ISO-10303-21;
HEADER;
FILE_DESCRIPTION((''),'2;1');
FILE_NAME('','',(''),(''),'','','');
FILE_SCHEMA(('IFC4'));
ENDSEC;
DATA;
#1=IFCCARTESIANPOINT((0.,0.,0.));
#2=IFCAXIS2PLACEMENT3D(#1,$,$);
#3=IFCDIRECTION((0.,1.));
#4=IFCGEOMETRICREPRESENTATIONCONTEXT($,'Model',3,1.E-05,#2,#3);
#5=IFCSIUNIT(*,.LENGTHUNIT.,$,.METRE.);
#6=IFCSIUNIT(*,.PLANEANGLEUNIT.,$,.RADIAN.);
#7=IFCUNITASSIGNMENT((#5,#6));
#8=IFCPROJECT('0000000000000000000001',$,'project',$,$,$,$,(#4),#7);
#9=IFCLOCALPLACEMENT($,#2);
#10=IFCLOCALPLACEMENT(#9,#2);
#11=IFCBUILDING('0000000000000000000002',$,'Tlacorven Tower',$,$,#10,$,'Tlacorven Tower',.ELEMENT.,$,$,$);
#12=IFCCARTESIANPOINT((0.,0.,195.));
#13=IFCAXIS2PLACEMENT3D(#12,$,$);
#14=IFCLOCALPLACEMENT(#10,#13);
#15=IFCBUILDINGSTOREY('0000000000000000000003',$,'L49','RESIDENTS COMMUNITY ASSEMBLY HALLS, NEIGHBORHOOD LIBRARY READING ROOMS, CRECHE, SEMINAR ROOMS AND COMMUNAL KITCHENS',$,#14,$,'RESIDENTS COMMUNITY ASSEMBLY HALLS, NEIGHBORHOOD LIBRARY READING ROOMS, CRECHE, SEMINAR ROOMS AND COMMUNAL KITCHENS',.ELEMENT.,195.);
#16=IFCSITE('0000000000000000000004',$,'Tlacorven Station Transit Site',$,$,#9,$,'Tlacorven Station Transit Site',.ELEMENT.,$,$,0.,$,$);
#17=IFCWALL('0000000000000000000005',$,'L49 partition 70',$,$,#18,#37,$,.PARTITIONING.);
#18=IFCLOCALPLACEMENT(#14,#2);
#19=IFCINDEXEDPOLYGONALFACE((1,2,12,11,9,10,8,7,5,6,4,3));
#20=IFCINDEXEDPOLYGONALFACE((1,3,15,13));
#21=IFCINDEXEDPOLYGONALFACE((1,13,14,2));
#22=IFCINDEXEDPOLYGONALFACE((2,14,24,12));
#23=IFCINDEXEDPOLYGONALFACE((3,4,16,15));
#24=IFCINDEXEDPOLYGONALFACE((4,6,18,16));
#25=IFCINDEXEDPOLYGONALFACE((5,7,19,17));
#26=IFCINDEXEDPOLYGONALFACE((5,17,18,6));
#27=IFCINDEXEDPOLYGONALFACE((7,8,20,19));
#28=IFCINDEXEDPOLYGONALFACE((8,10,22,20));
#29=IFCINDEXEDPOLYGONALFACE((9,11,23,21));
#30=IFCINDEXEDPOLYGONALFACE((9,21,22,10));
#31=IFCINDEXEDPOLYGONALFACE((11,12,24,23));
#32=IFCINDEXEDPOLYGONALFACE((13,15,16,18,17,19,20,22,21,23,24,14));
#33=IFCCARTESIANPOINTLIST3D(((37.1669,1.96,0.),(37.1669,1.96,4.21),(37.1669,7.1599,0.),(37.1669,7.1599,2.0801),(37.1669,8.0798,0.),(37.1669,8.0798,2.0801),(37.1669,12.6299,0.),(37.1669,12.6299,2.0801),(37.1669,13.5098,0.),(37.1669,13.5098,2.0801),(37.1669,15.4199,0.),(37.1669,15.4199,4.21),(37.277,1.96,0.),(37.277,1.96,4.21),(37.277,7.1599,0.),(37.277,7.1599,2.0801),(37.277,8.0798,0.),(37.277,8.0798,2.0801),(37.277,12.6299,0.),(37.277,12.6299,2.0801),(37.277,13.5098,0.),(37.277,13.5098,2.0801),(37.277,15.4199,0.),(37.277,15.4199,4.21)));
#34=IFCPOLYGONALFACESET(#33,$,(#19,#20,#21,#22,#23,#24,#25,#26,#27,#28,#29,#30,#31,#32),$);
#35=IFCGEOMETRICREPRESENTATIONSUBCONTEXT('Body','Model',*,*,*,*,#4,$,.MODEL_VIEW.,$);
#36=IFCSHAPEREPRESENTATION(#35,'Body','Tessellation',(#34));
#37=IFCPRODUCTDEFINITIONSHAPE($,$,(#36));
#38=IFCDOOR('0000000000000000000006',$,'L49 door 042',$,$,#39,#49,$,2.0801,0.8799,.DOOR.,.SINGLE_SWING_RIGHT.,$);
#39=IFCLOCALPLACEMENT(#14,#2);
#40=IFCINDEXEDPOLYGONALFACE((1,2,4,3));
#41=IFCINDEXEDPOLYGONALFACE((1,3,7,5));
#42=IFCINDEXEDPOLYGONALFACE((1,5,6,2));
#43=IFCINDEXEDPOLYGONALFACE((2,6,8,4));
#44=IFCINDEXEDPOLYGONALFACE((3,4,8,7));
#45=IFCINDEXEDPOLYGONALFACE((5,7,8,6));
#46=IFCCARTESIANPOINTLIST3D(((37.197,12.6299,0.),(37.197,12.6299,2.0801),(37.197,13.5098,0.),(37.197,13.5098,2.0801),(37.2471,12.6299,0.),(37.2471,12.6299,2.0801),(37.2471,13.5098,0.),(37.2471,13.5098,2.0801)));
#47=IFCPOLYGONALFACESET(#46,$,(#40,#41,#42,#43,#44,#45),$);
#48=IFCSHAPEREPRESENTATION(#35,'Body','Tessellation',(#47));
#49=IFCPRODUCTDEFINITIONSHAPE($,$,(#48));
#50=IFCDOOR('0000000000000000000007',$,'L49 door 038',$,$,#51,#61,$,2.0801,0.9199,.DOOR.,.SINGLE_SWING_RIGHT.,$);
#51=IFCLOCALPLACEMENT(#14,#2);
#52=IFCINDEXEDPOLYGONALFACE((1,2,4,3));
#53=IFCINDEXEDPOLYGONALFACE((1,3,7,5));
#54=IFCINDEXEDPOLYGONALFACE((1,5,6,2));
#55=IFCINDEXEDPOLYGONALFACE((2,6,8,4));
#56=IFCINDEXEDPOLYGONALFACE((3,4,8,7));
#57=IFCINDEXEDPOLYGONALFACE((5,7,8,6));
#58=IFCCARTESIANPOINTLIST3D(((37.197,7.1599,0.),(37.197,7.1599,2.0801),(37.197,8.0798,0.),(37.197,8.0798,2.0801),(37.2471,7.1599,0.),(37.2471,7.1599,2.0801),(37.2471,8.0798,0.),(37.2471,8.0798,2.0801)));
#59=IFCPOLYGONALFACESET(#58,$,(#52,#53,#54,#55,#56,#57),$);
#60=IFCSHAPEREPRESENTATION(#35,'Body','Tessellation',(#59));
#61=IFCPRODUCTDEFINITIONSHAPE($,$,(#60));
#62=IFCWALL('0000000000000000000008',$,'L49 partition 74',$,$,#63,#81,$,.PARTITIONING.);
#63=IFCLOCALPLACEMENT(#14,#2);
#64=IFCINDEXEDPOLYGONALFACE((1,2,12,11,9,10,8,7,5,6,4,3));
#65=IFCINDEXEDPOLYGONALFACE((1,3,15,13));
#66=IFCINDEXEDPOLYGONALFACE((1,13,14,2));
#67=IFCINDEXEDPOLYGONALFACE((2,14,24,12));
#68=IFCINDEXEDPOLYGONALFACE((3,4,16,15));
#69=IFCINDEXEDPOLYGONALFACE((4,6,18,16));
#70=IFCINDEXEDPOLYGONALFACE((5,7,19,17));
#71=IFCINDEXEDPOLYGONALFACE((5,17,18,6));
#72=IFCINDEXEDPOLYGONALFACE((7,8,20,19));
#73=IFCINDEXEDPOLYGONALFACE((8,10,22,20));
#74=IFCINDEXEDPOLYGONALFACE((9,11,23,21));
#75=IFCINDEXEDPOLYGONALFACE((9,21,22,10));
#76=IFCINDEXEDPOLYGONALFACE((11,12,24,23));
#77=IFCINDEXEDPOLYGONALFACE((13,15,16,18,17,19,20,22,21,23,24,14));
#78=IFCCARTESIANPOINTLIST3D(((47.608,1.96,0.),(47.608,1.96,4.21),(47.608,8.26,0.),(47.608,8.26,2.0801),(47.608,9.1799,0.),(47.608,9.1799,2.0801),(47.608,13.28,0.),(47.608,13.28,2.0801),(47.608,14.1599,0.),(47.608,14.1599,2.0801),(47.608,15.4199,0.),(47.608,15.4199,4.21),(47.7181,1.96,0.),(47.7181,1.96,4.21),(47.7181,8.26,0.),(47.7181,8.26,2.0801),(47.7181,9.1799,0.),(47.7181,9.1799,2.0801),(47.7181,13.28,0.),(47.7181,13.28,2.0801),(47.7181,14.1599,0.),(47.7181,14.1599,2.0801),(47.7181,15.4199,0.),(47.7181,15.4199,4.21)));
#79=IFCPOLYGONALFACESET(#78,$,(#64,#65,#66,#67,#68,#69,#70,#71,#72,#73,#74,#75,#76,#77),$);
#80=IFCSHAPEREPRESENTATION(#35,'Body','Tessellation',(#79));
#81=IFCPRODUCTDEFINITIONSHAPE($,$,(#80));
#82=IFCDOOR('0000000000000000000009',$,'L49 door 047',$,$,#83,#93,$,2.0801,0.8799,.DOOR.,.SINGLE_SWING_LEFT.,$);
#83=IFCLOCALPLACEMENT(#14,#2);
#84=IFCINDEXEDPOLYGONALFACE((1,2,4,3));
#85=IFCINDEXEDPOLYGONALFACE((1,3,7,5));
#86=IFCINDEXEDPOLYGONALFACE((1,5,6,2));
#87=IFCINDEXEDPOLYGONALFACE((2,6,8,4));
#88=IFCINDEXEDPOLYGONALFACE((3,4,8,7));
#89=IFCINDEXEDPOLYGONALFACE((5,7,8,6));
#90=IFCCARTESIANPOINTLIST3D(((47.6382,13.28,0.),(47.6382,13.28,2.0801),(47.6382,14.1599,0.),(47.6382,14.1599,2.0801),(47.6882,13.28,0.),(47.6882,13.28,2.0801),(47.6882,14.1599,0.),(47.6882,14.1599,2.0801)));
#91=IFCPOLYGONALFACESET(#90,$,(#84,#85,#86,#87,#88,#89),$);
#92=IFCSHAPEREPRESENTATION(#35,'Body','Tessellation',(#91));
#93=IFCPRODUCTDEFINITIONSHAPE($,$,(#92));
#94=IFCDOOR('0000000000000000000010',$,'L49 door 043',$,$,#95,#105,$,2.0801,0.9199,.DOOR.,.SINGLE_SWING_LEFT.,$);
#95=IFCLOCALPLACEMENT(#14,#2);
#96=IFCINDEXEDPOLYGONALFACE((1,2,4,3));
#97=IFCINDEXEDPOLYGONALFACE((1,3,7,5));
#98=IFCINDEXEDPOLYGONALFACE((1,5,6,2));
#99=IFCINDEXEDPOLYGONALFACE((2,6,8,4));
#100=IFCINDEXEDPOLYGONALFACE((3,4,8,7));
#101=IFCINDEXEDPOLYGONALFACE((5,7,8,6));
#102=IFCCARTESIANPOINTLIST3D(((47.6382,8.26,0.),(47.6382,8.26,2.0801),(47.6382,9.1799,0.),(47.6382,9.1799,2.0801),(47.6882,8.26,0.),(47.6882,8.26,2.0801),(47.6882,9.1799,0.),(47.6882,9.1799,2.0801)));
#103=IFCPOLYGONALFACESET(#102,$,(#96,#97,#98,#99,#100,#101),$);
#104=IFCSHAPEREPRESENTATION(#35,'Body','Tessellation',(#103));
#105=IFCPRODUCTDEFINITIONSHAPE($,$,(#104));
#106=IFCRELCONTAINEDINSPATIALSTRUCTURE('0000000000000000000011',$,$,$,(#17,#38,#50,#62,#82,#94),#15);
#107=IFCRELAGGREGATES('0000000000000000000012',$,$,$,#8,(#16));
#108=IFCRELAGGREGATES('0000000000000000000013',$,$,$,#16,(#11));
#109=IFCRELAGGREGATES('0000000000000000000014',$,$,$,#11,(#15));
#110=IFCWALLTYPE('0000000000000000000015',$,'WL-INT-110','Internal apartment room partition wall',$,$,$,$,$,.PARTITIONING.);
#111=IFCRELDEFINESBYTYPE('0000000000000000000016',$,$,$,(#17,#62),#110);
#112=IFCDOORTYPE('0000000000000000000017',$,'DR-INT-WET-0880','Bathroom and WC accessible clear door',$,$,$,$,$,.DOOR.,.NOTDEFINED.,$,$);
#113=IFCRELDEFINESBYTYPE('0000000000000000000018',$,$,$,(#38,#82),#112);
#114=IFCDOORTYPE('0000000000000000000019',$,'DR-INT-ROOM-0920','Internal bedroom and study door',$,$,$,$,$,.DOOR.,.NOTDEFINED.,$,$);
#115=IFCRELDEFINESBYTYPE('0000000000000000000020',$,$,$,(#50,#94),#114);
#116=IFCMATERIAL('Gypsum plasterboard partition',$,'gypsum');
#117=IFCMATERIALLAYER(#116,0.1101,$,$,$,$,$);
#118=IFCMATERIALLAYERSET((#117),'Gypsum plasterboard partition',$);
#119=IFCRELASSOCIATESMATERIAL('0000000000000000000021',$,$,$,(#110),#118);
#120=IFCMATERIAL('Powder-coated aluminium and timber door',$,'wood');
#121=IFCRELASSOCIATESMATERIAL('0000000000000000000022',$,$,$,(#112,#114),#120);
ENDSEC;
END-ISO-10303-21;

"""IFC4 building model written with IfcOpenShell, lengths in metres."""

from ifc_helpers import new_model, si_unit, direction, frame, frame_2d, origin, place, context, subcontext, project, spatial, rectangle, extrude, source, transform, mapped, material, layer, layer_set, type_object, element, fill, save


model = new_model("IFC4")

# Units and contexts
model_context = context("Model", 3, precision=1e-05, world=origin(), true_north=direction((0.0, 1.0)))
body_context = subcontext(model_context, "Body", "Model", "MODEL_VIEW")
ifc_project = project(units=[si_unit("LENGTHUNIT", "METRE"), si_unit("PLANEANGLEUNIT", "RADIAN")], contexts=[model_context])

# Site, building, storey
site_placement = place(None, origin())
site = spatial("IfcSite", under=ifc_project, at=site_placement, Name="Tlacorven Station Transit Site", LongName="Tlacorven Station Transit Site", CompositionType="ELEMENT", RefElevation=0.0)
building_placement = place(site_placement, origin())
building = spatial("IfcBuilding", under=site, at=building_placement, Name="Tlacorven Tower", LongName="Tlacorven Tower", CompositionType="ELEMENT")
storey_placement = place(building_placement, frame((0.0, 0.0, 195.0)))
storey = spatial("IfcBuildingStorey", under=building, at=storey_placement, Name="L49", Description="RESIDENTS COMMUNITY ASSEMBLY HALLS, NEIGHBORHOOD LIBRARY READING ROOMS, CRECHE, SEMINAR ROOMS AND COMMUNAL KITCHENS", LongName="RESIDENTS COMMUNITY ASSEMBLY HALLS, NEIGHBORHOOD LIBRARY READING ROOMS, CRECHE, SEMINAR ROOMS AND COMMUNAL KITCHENS", CompositionType="ELEMENT", Elevation=195.0)

# Walls, openings, doors
ifc_material_1 = material(Name="Gypsum plasterboard partition", Category="gypsum")
ifc_layer_1 = layer(ifc_material_1, 0.1101)
ifc_layer_set_1 = layer_set([ifc_layer_1], Name="Gypsum plasterboard partition")
wall_type_1 = type_object("IfcWallType", Name="WL-INT-110", Description="Internal apartment room partition wall", PredefinedType="PARTITIONING", material=ifc_layer_set_1)
wall_1_placement = place(storey_placement, frame((37.2219, 1.96, 0.0), z_axis=(0.0, 0.0, 1.0), x_axis=(0.0, 1.0, 0.0)))
wall_1 = element("IfcWall", 1, at=wall_1_placement, inside=storey, type_object=wall_type_1, Name="L49 partition 70", PredefinedType="PARTITIONING", context=body_context, shape_type="SweptSolid", body=[
    extrude(rectangle(XDim=13.46, YDim=0.1101, at=frame_2d((6.73, 0.0))), origin(), (0.0, 0.0, 1.0), 4.21),
])
opening_1_placement = place(wall_1_placement, frame((5.2, 0.0, 0.0)))
opening_1 = element("IfcOpeningElement", 2, at=opening_1_placement, cuts=wall_1, PredefinedType="OPENING", context=body_context, shape_type="SweptSolid", body=[
    extrude(rectangle(XDim=0.9199, YDim=2.0801, at=frame_2d((0.46, 1.04))), frame((0.0, 0.0649, 0.0), z_axis=(0.0, -1.0, 0.0), x_axis=(1.0, 0.0, 0.0)), (0.0, 0.0, 1.0), 0.1301),
])
opening_2_placement = place(wall_1_placement, frame((10.6699, 0.0, 0.0)))
opening_2 = element("IfcOpeningElement", 3, at=opening_2_placement, cuts=wall_1, PredefinedType="OPENING", context=body_context, shape_type="SweptSolid", body=[
    extrude(rectangle(XDim=0.8799, YDim=2.0801, at=frame_2d((0.4399, 1.04))), frame((0.0, 0.0649, 0.0), z_axis=(0.0, -1.0, 0.0), x_axis=(1.0, 0.0, 0.0)), (0.0, 0.0, 1.0), 0.1301),
])
ifc_material_2 = material(Name="Powder-coated aluminium and timber door", Category="wood")
door_type_1 = type_object("IfcDoorType", Name="DR-INT-WET-0880", Description="Bathroom and WC accessible clear door", OperationType="NOTDEFINED", PredefinedType="DOOR", material=ifc_material_2)
shared_shape_1 = source(origin(), body_context, "Body", "SweptSolid", [
    extrude(rectangle(XDim=0.8799, YDim=2.0801, at=frame_2d((0.4399, 1.04))), frame((0.0, 0.0249, 0.0), z_axis=(0.0, -1.0, 0.0), x_axis=(1.0, 0.0, 0.0)), (0.0, 0.0, 1.0), 0.05),
])
door_1_placement = place(opening_2_placement, origin())
door_1 = element("IfcDoor", 4, at=door_1_placement, inside=storey, type_object=door_type_1, Name="L49 door 042", OperationType="SINGLE_SWING_RIGHT", OverallHeight=2.0801, OverallWidth=0.8799, PredefinedType="DOOR", context=body_context, shape_type="MappedRepresentation", body=[
    mapped(shared_shape_1, transform((0.0, 0.0, 0.0), scale=1.0)),
])
fill(opening_2, door_1)
door_type_2 = type_object("IfcDoorType", Name="DR-INT-ROOM-0920", Description="Internal bedroom and study door", OperationType="NOTDEFINED", PredefinedType="DOOR", material=ifc_material_2)
shared_shape_2 = source(origin(), body_context, "Body", "SweptSolid", [
    extrude(rectangle(XDim=0.9199, YDim=2.0801, at=frame_2d((0.46, 1.04))), frame((0.0, 0.0249, 0.0), z_axis=(0.0, -1.0, 0.0), x_axis=(1.0, 0.0, 0.0)), (0.0, 0.0, 1.0), 0.05),
])
door_2_placement = place(opening_1_placement, origin())
door_2 = element("IfcDoor", 5, at=door_2_placement, inside=storey, type_object=door_type_2, Name="L49 door 038", OperationType="SINGLE_SWING_RIGHT", OverallHeight=2.0801, OverallWidth=0.9199, PredefinedType="DOOR", context=body_context, shape_type="MappedRepresentation", body=[
    mapped(shared_shape_2, transform((0.0, 0.0, 0.0), scale=1.0)),
])
fill(opening_1, door_2)
wall_2_placement = place(storey_placement, frame((47.6631, 1.96, 0.0), z_axis=(0.0, 0.0, 1.0), x_axis=(0.0, 1.0, 0.0)))
wall_2 = element("IfcWall", 6, at=wall_2_placement, inside=storey, type_object=wall_type_1, Name="L49 partition 74", PredefinedType="PARTITIONING", context=body_context, shape_type="SweptSolid", body=[
    extrude(rectangle(XDim=13.46, YDim=0.1101, at=frame_2d((6.73, 0.0))), origin(), (0.0, 0.0, 1.0), 4.21),
])
opening_3_placement = place(wall_2_placement, frame((6.3, 0.0, 0.0)))
opening_3 = element("IfcOpeningElement", 7, at=opening_3_placement, cuts=wall_2, PredefinedType="OPENING", context=body_context, shape_type="SweptSolid", body=[
    extrude(rectangle(XDim=0.9199, YDim=2.0801, at=frame_2d((0.46, 1.04))), frame((0.0, 0.0649, 0.0), z_axis=(0.0, -1.0, 0.0), x_axis=(1.0, 0.0, 0.0)), (0.0, 0.0, 1.0), 0.1301),
])
opening_4_placement = place(wall_2_placement, frame((11.3201, 0.0, 0.0)))
opening_4 = element("IfcOpeningElement", 8, at=opening_4_placement, cuts=wall_2, PredefinedType="OPENING", context=body_context, shape_type="SweptSolid", body=[
    extrude(rectangle(XDim=0.8799, YDim=2.0801, at=frame_2d((0.4399, 1.04))), frame((0.0, 0.0649, 0.0), z_axis=(0.0, -1.0, 0.0), x_axis=(1.0, 0.0, 0.0)), (0.0, 0.0, 1.0), 0.1301),
])
door_3_placement = place(opening_4_placement, origin())
door_3 = element("IfcDoor", 9, at=door_3_placement, inside=storey, type_object=door_type_1, Name="L49 door 047", OperationType="SINGLE_SWING_LEFT", OverallHeight=2.0801, OverallWidth=0.8799, PredefinedType="DOOR", context=body_context, shape_type="MappedRepresentation", body=[
    mapped(shared_shape_1, transform((0.0, 0.0, 0.0), scale=1.0)),
])
fill(opening_4, door_3)
door_4_placement = place(opening_3_placement, origin())
door_4 = element("IfcDoor", 10, at=door_4_placement, inside=storey, type_object=door_type_2, Name="L49 door 043", OperationType="SINGLE_SWING_LEFT", OverallHeight=2.0801, OverallWidth=0.9199, PredefinedType="DOOR", context=body_context, shape_type="MappedRepresentation", body=[
    mapped(shared_shape_2, transform((0.0, 0.0, 0.0), scale=1.0)),
])
fill(opening_3, door_4)

save(model, "model.ifc")
